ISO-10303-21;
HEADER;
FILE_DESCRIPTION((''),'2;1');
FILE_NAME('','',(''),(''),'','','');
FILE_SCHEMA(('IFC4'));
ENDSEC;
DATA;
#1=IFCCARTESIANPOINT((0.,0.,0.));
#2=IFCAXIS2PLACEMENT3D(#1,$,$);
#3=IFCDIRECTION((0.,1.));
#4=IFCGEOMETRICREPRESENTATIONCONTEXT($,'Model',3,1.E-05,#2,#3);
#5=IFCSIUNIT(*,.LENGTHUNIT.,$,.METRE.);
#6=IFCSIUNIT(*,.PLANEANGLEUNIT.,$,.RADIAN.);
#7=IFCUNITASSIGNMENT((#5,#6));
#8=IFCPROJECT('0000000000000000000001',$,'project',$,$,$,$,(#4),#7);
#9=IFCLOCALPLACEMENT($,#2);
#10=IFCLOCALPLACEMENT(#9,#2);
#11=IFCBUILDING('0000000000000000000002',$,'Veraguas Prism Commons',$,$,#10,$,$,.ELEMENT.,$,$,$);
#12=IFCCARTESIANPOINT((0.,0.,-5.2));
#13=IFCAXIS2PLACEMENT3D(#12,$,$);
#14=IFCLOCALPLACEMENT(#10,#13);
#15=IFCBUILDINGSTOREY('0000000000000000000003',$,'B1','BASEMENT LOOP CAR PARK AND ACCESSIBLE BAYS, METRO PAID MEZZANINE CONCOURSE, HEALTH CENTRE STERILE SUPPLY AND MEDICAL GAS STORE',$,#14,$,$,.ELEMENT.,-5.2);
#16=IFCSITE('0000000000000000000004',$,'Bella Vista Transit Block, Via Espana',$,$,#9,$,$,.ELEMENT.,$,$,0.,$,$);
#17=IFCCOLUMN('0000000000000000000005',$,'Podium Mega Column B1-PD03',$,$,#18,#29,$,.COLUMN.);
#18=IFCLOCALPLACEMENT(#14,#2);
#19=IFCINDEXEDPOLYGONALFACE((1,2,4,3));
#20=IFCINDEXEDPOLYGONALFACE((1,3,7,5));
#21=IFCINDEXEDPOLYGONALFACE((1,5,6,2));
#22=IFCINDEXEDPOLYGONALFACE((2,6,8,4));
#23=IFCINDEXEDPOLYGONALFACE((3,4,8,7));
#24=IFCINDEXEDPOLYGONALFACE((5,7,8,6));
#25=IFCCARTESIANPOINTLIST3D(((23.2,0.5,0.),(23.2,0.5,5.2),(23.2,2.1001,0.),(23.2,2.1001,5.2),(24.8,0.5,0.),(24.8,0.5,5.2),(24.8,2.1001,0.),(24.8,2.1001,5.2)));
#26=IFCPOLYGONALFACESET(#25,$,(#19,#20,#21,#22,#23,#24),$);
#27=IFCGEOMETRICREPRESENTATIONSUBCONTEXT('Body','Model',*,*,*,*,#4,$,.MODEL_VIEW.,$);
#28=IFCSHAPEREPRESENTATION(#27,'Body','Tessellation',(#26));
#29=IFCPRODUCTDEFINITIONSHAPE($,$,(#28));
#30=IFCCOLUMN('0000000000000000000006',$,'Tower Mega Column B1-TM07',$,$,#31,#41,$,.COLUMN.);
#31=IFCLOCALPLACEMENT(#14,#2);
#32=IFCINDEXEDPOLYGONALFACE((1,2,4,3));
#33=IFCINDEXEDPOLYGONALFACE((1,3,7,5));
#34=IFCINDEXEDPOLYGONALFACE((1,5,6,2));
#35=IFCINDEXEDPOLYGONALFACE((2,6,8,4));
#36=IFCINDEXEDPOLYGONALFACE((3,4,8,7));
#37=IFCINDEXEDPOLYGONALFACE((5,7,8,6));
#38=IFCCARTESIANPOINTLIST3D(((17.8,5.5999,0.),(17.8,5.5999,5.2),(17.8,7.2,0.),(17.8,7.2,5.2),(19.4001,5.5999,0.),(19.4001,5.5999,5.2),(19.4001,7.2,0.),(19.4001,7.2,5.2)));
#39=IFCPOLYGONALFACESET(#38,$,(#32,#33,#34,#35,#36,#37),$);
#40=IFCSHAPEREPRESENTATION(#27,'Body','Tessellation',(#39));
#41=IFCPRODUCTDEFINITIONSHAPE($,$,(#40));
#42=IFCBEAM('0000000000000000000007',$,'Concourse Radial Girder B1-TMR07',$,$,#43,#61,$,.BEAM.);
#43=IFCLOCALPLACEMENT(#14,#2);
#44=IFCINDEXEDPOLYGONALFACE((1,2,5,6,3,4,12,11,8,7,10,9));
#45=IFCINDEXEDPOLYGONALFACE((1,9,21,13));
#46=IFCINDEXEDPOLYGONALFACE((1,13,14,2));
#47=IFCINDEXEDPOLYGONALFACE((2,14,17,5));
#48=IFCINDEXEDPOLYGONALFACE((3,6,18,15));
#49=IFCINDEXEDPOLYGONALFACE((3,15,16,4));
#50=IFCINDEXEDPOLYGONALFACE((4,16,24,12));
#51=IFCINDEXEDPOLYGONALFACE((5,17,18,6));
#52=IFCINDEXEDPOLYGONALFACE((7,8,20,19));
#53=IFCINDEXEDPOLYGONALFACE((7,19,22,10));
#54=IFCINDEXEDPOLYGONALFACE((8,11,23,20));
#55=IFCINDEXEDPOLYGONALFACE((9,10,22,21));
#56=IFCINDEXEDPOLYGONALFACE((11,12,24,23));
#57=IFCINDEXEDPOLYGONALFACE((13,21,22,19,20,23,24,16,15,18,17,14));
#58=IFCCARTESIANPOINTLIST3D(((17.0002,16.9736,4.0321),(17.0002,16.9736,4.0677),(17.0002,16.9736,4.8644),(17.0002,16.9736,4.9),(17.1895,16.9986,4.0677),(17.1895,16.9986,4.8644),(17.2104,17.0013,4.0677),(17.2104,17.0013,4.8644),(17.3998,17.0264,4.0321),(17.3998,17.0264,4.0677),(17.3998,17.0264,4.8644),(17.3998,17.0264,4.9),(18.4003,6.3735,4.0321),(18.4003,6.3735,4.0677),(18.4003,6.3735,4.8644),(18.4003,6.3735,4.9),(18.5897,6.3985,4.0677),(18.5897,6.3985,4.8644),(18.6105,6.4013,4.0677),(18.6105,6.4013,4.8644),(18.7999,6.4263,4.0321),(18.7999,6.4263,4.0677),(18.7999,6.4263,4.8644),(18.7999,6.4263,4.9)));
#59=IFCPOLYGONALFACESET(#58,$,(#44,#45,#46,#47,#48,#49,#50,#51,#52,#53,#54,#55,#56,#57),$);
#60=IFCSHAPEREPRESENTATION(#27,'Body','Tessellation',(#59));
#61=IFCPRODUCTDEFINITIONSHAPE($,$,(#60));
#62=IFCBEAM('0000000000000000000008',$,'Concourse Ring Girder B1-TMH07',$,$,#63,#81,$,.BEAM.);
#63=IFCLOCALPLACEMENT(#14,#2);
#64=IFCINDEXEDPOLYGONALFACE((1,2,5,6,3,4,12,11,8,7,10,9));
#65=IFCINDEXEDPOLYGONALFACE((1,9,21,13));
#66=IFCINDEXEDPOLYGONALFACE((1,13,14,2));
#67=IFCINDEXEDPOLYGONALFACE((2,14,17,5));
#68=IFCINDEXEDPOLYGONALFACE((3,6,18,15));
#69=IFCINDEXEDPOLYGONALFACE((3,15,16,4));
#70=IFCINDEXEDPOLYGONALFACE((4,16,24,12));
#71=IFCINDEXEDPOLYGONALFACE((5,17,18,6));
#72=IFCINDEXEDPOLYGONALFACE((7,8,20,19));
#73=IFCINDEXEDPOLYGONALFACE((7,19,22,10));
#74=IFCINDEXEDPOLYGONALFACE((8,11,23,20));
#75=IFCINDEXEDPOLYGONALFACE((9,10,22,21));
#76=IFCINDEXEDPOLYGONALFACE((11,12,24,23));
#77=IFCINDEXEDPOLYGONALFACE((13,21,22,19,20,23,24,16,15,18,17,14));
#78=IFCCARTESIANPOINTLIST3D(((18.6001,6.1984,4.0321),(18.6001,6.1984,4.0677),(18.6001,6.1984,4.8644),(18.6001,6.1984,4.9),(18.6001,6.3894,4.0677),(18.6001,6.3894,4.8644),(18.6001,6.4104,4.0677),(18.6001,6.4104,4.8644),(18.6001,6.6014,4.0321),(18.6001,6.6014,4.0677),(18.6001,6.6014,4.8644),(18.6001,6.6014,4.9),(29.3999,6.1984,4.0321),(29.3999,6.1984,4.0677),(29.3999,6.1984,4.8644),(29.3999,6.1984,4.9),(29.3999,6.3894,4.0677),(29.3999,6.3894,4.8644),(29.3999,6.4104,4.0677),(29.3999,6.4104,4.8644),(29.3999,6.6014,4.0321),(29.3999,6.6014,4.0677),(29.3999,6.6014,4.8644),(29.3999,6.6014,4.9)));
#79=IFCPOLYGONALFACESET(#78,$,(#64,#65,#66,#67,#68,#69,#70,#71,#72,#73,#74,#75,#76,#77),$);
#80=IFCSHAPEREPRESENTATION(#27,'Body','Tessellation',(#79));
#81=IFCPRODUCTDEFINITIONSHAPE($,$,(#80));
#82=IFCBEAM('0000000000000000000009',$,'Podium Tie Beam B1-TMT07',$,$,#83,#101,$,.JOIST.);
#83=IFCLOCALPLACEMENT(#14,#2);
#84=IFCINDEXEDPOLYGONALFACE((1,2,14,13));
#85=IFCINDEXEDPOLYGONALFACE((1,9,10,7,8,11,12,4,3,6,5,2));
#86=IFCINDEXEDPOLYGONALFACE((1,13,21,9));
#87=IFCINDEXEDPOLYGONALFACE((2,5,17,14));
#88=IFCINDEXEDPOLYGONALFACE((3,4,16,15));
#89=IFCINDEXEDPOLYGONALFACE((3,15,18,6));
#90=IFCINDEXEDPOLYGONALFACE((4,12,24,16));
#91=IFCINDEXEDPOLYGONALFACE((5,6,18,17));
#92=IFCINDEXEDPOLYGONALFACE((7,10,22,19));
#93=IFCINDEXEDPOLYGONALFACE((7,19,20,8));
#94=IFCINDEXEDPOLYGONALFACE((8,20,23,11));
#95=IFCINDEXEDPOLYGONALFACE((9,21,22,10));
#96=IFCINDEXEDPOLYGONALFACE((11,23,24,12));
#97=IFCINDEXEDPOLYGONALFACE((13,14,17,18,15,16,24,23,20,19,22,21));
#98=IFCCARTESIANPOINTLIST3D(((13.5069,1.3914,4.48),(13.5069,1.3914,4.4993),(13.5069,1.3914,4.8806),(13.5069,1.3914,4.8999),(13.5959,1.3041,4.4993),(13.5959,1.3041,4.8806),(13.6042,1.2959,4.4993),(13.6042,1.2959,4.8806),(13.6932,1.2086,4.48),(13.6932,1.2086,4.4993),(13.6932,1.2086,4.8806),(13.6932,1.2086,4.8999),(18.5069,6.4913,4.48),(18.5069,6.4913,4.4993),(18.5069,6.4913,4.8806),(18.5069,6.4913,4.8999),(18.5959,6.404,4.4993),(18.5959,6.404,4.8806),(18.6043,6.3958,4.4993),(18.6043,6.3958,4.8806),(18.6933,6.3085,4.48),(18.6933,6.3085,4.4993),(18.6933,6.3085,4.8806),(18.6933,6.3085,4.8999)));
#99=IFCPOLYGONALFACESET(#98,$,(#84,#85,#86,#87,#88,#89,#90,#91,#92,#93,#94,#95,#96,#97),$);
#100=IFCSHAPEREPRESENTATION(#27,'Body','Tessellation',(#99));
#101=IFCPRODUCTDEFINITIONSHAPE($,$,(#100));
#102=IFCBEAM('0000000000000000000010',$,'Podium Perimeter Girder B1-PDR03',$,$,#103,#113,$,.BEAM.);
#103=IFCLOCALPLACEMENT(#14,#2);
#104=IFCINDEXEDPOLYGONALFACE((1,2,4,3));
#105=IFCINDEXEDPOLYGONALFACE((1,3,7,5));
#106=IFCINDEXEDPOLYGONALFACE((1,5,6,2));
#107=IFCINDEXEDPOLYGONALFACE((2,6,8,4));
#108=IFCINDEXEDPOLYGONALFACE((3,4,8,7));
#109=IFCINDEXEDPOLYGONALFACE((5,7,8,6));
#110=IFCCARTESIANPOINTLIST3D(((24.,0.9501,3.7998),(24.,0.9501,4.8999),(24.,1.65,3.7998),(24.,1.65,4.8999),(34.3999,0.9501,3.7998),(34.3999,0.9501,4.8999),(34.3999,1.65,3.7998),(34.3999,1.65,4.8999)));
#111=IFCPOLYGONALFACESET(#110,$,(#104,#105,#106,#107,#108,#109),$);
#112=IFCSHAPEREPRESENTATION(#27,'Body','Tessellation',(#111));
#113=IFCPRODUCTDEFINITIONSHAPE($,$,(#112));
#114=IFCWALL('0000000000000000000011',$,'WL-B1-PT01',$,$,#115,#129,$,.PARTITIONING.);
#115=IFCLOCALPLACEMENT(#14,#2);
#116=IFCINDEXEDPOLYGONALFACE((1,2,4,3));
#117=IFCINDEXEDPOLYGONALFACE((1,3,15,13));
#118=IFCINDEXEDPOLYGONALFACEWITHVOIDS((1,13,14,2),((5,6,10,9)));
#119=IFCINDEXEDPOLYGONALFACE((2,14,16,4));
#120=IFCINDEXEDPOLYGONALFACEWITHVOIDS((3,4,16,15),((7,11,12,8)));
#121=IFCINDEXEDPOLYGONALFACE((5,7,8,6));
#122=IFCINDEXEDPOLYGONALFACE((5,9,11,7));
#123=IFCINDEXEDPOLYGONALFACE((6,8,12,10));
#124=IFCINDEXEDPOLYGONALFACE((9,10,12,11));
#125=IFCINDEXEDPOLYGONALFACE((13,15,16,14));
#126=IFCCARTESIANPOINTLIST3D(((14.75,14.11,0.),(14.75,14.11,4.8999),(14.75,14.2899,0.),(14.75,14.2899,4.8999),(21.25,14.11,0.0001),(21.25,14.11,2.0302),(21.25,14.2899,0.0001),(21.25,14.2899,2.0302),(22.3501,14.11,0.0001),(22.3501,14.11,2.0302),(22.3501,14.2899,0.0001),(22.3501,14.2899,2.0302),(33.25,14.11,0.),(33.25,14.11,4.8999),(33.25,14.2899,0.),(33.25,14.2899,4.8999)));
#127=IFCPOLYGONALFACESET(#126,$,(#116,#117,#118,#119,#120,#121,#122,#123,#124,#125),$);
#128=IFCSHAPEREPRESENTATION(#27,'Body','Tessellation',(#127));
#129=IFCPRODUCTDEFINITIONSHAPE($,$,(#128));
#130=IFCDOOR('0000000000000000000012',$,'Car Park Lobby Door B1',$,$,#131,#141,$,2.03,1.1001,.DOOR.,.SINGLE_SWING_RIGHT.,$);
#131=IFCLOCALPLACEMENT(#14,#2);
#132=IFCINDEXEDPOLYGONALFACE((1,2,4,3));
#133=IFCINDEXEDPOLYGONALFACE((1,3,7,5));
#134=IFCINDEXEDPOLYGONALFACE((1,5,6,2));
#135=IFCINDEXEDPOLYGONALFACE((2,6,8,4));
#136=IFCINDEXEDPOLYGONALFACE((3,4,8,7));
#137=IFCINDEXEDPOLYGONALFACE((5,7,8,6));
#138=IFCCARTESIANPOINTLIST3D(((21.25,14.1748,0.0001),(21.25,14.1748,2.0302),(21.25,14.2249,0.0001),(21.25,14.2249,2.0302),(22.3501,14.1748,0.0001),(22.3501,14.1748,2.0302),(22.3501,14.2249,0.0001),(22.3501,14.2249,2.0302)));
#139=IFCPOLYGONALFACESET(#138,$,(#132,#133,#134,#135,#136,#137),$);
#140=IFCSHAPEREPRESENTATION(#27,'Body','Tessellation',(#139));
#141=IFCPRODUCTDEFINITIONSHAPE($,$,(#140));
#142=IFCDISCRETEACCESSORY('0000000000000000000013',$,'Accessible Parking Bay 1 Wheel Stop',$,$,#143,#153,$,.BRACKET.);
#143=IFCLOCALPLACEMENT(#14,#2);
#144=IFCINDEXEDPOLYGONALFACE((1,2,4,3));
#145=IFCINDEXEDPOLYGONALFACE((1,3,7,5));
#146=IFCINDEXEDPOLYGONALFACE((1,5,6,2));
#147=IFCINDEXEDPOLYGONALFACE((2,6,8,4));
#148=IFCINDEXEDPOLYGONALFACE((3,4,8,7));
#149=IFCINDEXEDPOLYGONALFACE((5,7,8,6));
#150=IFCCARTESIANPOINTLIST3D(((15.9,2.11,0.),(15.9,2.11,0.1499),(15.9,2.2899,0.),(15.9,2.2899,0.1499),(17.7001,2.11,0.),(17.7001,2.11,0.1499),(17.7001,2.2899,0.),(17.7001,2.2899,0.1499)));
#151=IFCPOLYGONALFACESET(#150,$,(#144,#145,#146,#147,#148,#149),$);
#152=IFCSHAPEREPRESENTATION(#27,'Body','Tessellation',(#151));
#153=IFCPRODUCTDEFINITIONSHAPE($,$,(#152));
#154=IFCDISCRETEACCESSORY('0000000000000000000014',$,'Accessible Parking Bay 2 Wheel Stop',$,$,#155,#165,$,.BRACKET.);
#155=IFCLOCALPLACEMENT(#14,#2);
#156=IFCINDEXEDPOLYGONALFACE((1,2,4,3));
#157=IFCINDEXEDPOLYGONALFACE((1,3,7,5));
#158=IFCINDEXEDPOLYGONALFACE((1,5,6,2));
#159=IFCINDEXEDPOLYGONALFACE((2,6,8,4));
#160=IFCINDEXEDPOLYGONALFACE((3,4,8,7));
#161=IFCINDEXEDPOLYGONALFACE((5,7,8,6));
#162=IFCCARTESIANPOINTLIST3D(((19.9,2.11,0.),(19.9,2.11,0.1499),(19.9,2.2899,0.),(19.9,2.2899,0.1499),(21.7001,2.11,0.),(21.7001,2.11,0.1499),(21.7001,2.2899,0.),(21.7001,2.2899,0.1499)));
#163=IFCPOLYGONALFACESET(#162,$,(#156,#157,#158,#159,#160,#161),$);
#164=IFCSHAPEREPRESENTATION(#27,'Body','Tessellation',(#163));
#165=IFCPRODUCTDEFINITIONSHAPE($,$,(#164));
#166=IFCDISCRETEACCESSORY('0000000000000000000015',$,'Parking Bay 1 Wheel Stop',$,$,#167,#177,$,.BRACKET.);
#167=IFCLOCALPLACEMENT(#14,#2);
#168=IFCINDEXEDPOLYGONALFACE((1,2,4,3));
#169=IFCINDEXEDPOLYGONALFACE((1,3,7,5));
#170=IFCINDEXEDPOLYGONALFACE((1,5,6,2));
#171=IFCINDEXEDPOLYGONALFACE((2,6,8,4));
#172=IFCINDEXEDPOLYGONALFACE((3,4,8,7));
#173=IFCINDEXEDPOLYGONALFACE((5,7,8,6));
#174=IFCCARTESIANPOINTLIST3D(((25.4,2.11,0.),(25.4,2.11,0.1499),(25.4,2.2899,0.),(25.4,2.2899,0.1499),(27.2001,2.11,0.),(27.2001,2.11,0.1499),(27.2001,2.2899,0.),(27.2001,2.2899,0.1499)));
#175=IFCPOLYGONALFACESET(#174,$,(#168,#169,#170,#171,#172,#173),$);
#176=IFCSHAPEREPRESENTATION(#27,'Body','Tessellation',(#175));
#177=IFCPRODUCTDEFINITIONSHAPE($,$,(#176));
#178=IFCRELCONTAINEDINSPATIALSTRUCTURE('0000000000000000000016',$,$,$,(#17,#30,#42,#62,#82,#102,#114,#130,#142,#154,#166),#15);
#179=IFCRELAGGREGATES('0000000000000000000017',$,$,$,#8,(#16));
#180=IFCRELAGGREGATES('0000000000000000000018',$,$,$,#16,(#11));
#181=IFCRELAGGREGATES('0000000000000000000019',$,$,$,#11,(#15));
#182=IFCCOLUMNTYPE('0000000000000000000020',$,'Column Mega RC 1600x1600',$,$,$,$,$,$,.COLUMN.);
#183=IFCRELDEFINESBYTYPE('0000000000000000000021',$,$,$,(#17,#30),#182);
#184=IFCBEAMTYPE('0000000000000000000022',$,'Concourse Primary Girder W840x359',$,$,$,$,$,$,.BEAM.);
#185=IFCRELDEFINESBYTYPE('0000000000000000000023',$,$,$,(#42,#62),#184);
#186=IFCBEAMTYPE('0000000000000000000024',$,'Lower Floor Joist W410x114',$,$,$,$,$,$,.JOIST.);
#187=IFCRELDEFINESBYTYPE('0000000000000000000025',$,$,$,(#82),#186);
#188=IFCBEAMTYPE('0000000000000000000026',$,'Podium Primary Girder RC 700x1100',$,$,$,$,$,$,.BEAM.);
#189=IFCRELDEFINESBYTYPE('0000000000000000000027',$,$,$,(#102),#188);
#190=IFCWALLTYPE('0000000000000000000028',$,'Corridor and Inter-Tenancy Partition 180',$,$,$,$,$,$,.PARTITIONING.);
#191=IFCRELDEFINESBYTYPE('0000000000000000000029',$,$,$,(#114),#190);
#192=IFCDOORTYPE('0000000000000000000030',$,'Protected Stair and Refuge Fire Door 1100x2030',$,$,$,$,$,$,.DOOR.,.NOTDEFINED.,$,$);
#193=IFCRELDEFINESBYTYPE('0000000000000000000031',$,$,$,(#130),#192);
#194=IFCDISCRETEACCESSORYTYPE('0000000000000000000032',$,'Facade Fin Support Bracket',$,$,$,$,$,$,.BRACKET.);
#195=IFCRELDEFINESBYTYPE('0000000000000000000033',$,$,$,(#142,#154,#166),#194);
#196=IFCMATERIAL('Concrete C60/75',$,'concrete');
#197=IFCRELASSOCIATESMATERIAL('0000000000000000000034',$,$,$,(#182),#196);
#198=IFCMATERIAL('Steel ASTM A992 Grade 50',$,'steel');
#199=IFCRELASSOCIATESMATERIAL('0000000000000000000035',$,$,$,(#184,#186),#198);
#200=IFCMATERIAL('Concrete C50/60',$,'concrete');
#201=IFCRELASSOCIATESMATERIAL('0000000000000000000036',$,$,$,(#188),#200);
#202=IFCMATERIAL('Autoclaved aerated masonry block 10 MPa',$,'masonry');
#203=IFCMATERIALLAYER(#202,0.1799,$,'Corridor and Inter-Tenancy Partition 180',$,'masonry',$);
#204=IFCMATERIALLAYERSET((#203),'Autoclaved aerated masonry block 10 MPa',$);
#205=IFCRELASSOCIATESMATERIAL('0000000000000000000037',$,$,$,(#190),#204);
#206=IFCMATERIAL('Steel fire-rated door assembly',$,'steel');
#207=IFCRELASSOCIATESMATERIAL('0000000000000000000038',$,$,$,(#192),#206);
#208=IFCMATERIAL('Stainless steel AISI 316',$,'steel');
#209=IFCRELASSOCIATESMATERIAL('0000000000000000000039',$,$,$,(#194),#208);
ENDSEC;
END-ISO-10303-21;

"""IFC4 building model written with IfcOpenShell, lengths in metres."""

from ifc_helpers import new_model, si_unit, direction, frame, frame_2d, origin, origin_2d, place, context, subcontext, project, spatial, rectangle, i_section, extrude, source, transform, mapped, material, layer, layer_set, material_profile, profile_set, type_object, element, fill, save


model = new_model("IFC4")

# Units and contexts
model_context = context("Model", 3, precision=1e-05, world=origin(), true_north=direction((0.0, 1.0)))
body_context = subcontext(model_context, "Body", "Model", "MODEL_VIEW")
ifc_project = project(units=[si_unit("LENGTHUNIT", "METRE"), si_unit("PLANEANGLEUNIT", "RADIAN")], contexts=[model_context])

# Site, building, storey
site_placement = place(None, origin())
site = spatial("IfcSite", under=ifc_project, at=site_placement, Name="Bella Vista Transit Block, Via Espana", CompositionType="ELEMENT", RefElevation=0.0)
building_placement = place(site_placement, origin())
building = spatial("IfcBuilding", under=site, at=building_placement, Name="Veraguas Prism Commons", CompositionType="ELEMENT")
storey_placement = place(building_placement, frame((0.0, 0.0, -5.2)))
storey = spatial("IfcBuildingStorey", under=building, at=storey_placement, Name="B1", Description="BASEMENT LOOP CAR PARK AND ACCESSIBLE BAYS, METRO PAID MEZZANINE CONCOURSE, HEALTH CENTRE STERILE SUPPLY AND MEDICAL GAS STORE", CompositionType="ELEMENT", Elevation=-5.2)

# Columns
ifc_material_1 = material(Name="Concrete C60/75", Category="concrete")
ifc_material_profile_1 = material_profile(ifc_material_1, rectangle(XDim=1.6001, YDim=1.6001, at=origin_2d()), Name="RC1600X1600")
ifc_profile_set_1 = profile_set([ifc_material_profile_1], Name="Concrete C60/75")
column_type = type_object("IfcColumnType", Name="Column Mega RC 1600x1600", PredefinedType="COLUMN", material=ifc_profile_set_1)
for number, where, z_axis, x_axis, name in (
    (1, (24.0, 1.3, 0.0), (0.0, 0.0, 1.0), (1.0, 0.0, 0.0), "Podium Mega Column B1-PD03"),
    (2, (18.6001, 6.3999, 0.0), (0.0, 0.0, 1.0), (1.0, 0.0, 0.0), "Tower Mega Column B1-TM07"),
):
    element("IfcColumn", number, at=place(storey_placement, frame(where, z_axis=z_axis, x_axis=x_axis)), inside=storey, type_object=column_type, Name=name, PredefinedType="COLUMN", context=body_context, shape_type="SweptSolid", body=[
        extrude(rectangle(XDim=1.6001, YDim=1.6001, at=origin_2d()), origin(), (0.0, 0.0, 1.0), 5.2),
    ])

# Beams
ifc_material_2 = material(Name="Steel ASTM A992 Grade 50", Category="steel")
ifc_material_profile_2 = material_profile(ifc_material_2, i_section(OverallWidth=0.4031, OverallDepth=0.8679, WebThickness=0.021, FlangeThickness=0.0356, at=origin_2d()), Name="W840X359")
ifc_profile_set_2 = profile_set([ifc_material_profile_2], Name="Steel ASTM A992 Grade 50")
beam_type_1 = type_object("IfcBeamType", Name="Concourse Primary Girder W840x359", PredefinedType="BEAM", material=ifc_profile_set_2)
beam_1_placement = place(storey_placement, frame((18.6001, 6.3999, 4.4661), z_axis=(-0.130951, 0.991389, 0.0), x_axis=(-0.991389, -0.130951, 0.0)))
element("IfcBeam", 3, at=beam_1_placement, inside=storey, type_object=beam_type_1, Name="Concourse Radial Girder B1-TMR07", PredefinedType="BEAM", context=body_context, shape_type="SweptSolid", body=[
    extrude(i_section(OverallWidth=0.4031, OverallDepth=0.8679, WebThickness=0.021, FlangeThickness=0.0356, at=origin_2d()), origin(), (0.0, 0.0, 1.0), 10.6921),
])
beam_2_placement = place(storey_placement, frame((18.6001, 6.3999, 4.4661), z_axis=(1.0, 0.0, 0.0), x_axis=(0.0, 1.0, 0.0)))
element("IfcBeam", 4, at=beam_2_placement, inside=storey, type_object=beam_type_1, Name="Concourse Ring Girder B1-TMH07", PredefinedType="BEAM", context=body_context, shape_type="SweptSolid", body=[
    extrude(i_section(OverallWidth=0.4031, OverallDepth=0.8679, WebThickness=0.021, FlangeThickness=0.0356, at=origin_2d()), origin(), (0.0, 0.0, 1.0), 10.7998),
])
ifc_material_profile_3 = material_profile(ifc_material_2, i_section(OverallWidth=0.261, OverallDepth=0.4199, WebThickness=0.0117, FlangeThickness=0.0193, at=origin_2d()), Name="W410X114")
ifc_profile_set_3 = profile_set([ifc_material_profile_3], Name="Steel ASTM A992 Grade 50")
beam_type_2 = type_object("IfcBeamType", Name="Lower Floor Joist W410x114", PredefinedType="JOIST", material=ifc_profile_set_3)
beam_3_placement = place(storey_placement, frame((18.6001, 6.3999, 4.6899), z_axis=(-0.700082, -0.714063, 0.0), x_axis=(0.714063, -0.700082, 0.0)))
element("IfcBeam", 5, at=beam_3_placement, inside=storey, type_object=beam_type_2, Name="Podium Tie Beam B1-TMT07", PredefinedType="JOIST", context=body_context, shape_type="SweptSolid", body=[
    extrude(i_section(OverallWidth=0.261, OverallDepth=0.4199, WebThickness=0.0117, FlangeThickness=0.0193, at=origin_2d()), origin(), (0.0, 0.0, 1.0), 7.1421),
])
ifc_material_3 = material(Name="Concrete C50/60", Category="concrete")
ifc_material_profile_4 = material_profile(ifc_material_3, rectangle(XDim=0.7, YDim=1.1001, at=origin_2d()), Name="RC700X1100")
ifc_profile_set_4 = profile_set([ifc_material_profile_4], Name="Concrete C50/60")
beam_type_3 = type_object("IfcBeamType", Name="Podium Primary Girder RC 700x1100", PredefinedType="BEAM", material=ifc_profile_set_4)
beam_4_placement = place(storey_placement, frame((24.0, 1.3, 4.3499), z_axis=(1.0, 0.0, 0.0), x_axis=(0.0, 1.0, 0.0)))
element("IfcBeam", 6, at=beam_4_placement, inside=storey, type_object=beam_type_3, Name="Podium Perimeter Girder B1-PDR03", PredefinedType="BEAM", context=body_context, shape_type="SweptSolid", body=[
    extrude(rectangle(XDim=0.7, YDim=1.1001, at=origin_2d()), origin(), (0.0, 0.0, 1.0), 10.3999),
])

# Wall, opening, door
ifc_material_4 = material(Name="Autoclaved aerated masonry block 10 MPa", Category="masonry")
ifc_layer = layer(ifc_material_4, 0.1799, Name="Corridor and Inter-Tenancy Partition 180", Category="masonry")
ifc_layer_set = layer_set([ifc_layer], Name="Autoclaved aerated masonry block 10 MPa")
wall_type = type_object("IfcWallType", Name="Corridor and Inter-Tenancy Partition 180", PredefinedType="PARTITIONING", material=ifc_layer_set)
wall_placement = place(storey_placement, frame((14.75, 14.2, 0.0), z_axis=(0.0, 0.0, 1.0), x_axis=(1.0, 0.0, 0.0)))
wall = element("IfcWall", 7, at=wall_placement, inside=storey, type_object=wall_type, Name="WL-B1-PT01", PredefinedType="PARTITIONING", context=body_context, shape_type="SweptSolid", body=[
    extrude(rectangle(XDim=18.5, YDim=0.1799, at=frame_2d((9.25, 0.0))), origin(), (0.0, 0.0, 1.0), 4.8999),
])
opening_placement = place(wall_placement, frame((6.5, 0.0, 0.0)))
opening = element("IfcOpeningElement", 8, at=opening_placement, cuts=wall, PredefinedType="OPENING", context=body_context, shape_type="SweptSolid", body=[
    extrude(rectangle(XDim=1.1001, YDim=2.03, at=frame_2d((0.55, 1.0151))), frame((0.0, 0.0999, 0.0), z_axis=(0.0, -1.0, 0.0), x_axis=(1.0, 0.0, 0.0)), (0.0, 0.0, 1.0), 0.2),
])
ifc_material_5 = material(Name="Steel fire-rated door assembly", Category="steel")
door_type = type_object("IfcDoorType", Name="Protected Stair and Refuge Fire Door 1100x2030", OperationType="NOTDEFINED", PredefinedType="DOOR", material=ifc_material_5)
shared_shape_1 = source(origin(), body_context, "Body", "SweptSolid", [
    extrude(rectangle(XDim=1.1001, YDim=2.03, at=frame_2d((0.55, 1.0151))), frame((0.0, 0.0249, 0.0), z_axis=(0.0, -1.0, 0.0), x_axis=(1.0, 0.0, 0.0)), (0.0, 0.0, 1.0), 0.05),
])
door_placement = place(opening_placement, origin())
door = element("IfcDoor", 9, at=door_placement, inside=storey, type_object=door_type, Name="Car Park Lobby Door B1", OperationType="SINGLE_SWING_RIGHT", OverallHeight=2.03, OverallWidth=1.1001, PredefinedType="DOOR", context=body_context, shape_type="MappedRepresentation", body=[
    mapped(shared_shape_1, transform((0.0, 0.0, 0.0), scale=1.0)),
])
fill(opening, door)

# Discrete accessories
ifc_material_6 = material(Name="Stainless steel AISI 316", Category="steel")
discrete_accessory_type = type_object("IfcDiscreteAccessoryType", Name="Facade Fin Support Bracket", PredefinedType="BRACKET", material=ifc_material_6)
shared_shape_2 = source(origin(), body_context, "Body", "SweptSolid", [
    extrude(rectangle(XDim=1.8, YDim=0.1799, at=origin_2d()), origin(), (0.0, 0.0, 1.0), 0.1499),
])
for number, where, z_axis, x_axis, name in (
    (10, (16.8, 2.2, 0.0), (0.0, 0.0, 1.0), (1.0, 0.0, 0.0), "Accessible Parking Bay 1 Wheel Stop"),
    (11, (20.8, 2.2, 0.0), (0.0, 0.0, 1.0), (1.0, 0.0, 0.0), "Accessible Parking Bay 2 Wheel Stop"),
    (12, (26.3, 2.2, 0.0), (0.0, 0.0, 1.0), (1.0, 0.0, 0.0), "Parking Bay 1 Wheel Stop"),
):
    element("IfcDiscreteAccessory", number, at=place(storey_placement, frame(where, z_axis=z_axis, x_axis=x_axis)), inside=storey, type_object=discrete_accessory_type, Name=name, PredefinedType="BRACKET", context=body_context, shape_type="MappedRepresentation", body=[
        mapped(shared_shape_2, transform((0.0, 0.0, 0.0), scale=1.0)),
    ])

save(model, "model.ifc")
